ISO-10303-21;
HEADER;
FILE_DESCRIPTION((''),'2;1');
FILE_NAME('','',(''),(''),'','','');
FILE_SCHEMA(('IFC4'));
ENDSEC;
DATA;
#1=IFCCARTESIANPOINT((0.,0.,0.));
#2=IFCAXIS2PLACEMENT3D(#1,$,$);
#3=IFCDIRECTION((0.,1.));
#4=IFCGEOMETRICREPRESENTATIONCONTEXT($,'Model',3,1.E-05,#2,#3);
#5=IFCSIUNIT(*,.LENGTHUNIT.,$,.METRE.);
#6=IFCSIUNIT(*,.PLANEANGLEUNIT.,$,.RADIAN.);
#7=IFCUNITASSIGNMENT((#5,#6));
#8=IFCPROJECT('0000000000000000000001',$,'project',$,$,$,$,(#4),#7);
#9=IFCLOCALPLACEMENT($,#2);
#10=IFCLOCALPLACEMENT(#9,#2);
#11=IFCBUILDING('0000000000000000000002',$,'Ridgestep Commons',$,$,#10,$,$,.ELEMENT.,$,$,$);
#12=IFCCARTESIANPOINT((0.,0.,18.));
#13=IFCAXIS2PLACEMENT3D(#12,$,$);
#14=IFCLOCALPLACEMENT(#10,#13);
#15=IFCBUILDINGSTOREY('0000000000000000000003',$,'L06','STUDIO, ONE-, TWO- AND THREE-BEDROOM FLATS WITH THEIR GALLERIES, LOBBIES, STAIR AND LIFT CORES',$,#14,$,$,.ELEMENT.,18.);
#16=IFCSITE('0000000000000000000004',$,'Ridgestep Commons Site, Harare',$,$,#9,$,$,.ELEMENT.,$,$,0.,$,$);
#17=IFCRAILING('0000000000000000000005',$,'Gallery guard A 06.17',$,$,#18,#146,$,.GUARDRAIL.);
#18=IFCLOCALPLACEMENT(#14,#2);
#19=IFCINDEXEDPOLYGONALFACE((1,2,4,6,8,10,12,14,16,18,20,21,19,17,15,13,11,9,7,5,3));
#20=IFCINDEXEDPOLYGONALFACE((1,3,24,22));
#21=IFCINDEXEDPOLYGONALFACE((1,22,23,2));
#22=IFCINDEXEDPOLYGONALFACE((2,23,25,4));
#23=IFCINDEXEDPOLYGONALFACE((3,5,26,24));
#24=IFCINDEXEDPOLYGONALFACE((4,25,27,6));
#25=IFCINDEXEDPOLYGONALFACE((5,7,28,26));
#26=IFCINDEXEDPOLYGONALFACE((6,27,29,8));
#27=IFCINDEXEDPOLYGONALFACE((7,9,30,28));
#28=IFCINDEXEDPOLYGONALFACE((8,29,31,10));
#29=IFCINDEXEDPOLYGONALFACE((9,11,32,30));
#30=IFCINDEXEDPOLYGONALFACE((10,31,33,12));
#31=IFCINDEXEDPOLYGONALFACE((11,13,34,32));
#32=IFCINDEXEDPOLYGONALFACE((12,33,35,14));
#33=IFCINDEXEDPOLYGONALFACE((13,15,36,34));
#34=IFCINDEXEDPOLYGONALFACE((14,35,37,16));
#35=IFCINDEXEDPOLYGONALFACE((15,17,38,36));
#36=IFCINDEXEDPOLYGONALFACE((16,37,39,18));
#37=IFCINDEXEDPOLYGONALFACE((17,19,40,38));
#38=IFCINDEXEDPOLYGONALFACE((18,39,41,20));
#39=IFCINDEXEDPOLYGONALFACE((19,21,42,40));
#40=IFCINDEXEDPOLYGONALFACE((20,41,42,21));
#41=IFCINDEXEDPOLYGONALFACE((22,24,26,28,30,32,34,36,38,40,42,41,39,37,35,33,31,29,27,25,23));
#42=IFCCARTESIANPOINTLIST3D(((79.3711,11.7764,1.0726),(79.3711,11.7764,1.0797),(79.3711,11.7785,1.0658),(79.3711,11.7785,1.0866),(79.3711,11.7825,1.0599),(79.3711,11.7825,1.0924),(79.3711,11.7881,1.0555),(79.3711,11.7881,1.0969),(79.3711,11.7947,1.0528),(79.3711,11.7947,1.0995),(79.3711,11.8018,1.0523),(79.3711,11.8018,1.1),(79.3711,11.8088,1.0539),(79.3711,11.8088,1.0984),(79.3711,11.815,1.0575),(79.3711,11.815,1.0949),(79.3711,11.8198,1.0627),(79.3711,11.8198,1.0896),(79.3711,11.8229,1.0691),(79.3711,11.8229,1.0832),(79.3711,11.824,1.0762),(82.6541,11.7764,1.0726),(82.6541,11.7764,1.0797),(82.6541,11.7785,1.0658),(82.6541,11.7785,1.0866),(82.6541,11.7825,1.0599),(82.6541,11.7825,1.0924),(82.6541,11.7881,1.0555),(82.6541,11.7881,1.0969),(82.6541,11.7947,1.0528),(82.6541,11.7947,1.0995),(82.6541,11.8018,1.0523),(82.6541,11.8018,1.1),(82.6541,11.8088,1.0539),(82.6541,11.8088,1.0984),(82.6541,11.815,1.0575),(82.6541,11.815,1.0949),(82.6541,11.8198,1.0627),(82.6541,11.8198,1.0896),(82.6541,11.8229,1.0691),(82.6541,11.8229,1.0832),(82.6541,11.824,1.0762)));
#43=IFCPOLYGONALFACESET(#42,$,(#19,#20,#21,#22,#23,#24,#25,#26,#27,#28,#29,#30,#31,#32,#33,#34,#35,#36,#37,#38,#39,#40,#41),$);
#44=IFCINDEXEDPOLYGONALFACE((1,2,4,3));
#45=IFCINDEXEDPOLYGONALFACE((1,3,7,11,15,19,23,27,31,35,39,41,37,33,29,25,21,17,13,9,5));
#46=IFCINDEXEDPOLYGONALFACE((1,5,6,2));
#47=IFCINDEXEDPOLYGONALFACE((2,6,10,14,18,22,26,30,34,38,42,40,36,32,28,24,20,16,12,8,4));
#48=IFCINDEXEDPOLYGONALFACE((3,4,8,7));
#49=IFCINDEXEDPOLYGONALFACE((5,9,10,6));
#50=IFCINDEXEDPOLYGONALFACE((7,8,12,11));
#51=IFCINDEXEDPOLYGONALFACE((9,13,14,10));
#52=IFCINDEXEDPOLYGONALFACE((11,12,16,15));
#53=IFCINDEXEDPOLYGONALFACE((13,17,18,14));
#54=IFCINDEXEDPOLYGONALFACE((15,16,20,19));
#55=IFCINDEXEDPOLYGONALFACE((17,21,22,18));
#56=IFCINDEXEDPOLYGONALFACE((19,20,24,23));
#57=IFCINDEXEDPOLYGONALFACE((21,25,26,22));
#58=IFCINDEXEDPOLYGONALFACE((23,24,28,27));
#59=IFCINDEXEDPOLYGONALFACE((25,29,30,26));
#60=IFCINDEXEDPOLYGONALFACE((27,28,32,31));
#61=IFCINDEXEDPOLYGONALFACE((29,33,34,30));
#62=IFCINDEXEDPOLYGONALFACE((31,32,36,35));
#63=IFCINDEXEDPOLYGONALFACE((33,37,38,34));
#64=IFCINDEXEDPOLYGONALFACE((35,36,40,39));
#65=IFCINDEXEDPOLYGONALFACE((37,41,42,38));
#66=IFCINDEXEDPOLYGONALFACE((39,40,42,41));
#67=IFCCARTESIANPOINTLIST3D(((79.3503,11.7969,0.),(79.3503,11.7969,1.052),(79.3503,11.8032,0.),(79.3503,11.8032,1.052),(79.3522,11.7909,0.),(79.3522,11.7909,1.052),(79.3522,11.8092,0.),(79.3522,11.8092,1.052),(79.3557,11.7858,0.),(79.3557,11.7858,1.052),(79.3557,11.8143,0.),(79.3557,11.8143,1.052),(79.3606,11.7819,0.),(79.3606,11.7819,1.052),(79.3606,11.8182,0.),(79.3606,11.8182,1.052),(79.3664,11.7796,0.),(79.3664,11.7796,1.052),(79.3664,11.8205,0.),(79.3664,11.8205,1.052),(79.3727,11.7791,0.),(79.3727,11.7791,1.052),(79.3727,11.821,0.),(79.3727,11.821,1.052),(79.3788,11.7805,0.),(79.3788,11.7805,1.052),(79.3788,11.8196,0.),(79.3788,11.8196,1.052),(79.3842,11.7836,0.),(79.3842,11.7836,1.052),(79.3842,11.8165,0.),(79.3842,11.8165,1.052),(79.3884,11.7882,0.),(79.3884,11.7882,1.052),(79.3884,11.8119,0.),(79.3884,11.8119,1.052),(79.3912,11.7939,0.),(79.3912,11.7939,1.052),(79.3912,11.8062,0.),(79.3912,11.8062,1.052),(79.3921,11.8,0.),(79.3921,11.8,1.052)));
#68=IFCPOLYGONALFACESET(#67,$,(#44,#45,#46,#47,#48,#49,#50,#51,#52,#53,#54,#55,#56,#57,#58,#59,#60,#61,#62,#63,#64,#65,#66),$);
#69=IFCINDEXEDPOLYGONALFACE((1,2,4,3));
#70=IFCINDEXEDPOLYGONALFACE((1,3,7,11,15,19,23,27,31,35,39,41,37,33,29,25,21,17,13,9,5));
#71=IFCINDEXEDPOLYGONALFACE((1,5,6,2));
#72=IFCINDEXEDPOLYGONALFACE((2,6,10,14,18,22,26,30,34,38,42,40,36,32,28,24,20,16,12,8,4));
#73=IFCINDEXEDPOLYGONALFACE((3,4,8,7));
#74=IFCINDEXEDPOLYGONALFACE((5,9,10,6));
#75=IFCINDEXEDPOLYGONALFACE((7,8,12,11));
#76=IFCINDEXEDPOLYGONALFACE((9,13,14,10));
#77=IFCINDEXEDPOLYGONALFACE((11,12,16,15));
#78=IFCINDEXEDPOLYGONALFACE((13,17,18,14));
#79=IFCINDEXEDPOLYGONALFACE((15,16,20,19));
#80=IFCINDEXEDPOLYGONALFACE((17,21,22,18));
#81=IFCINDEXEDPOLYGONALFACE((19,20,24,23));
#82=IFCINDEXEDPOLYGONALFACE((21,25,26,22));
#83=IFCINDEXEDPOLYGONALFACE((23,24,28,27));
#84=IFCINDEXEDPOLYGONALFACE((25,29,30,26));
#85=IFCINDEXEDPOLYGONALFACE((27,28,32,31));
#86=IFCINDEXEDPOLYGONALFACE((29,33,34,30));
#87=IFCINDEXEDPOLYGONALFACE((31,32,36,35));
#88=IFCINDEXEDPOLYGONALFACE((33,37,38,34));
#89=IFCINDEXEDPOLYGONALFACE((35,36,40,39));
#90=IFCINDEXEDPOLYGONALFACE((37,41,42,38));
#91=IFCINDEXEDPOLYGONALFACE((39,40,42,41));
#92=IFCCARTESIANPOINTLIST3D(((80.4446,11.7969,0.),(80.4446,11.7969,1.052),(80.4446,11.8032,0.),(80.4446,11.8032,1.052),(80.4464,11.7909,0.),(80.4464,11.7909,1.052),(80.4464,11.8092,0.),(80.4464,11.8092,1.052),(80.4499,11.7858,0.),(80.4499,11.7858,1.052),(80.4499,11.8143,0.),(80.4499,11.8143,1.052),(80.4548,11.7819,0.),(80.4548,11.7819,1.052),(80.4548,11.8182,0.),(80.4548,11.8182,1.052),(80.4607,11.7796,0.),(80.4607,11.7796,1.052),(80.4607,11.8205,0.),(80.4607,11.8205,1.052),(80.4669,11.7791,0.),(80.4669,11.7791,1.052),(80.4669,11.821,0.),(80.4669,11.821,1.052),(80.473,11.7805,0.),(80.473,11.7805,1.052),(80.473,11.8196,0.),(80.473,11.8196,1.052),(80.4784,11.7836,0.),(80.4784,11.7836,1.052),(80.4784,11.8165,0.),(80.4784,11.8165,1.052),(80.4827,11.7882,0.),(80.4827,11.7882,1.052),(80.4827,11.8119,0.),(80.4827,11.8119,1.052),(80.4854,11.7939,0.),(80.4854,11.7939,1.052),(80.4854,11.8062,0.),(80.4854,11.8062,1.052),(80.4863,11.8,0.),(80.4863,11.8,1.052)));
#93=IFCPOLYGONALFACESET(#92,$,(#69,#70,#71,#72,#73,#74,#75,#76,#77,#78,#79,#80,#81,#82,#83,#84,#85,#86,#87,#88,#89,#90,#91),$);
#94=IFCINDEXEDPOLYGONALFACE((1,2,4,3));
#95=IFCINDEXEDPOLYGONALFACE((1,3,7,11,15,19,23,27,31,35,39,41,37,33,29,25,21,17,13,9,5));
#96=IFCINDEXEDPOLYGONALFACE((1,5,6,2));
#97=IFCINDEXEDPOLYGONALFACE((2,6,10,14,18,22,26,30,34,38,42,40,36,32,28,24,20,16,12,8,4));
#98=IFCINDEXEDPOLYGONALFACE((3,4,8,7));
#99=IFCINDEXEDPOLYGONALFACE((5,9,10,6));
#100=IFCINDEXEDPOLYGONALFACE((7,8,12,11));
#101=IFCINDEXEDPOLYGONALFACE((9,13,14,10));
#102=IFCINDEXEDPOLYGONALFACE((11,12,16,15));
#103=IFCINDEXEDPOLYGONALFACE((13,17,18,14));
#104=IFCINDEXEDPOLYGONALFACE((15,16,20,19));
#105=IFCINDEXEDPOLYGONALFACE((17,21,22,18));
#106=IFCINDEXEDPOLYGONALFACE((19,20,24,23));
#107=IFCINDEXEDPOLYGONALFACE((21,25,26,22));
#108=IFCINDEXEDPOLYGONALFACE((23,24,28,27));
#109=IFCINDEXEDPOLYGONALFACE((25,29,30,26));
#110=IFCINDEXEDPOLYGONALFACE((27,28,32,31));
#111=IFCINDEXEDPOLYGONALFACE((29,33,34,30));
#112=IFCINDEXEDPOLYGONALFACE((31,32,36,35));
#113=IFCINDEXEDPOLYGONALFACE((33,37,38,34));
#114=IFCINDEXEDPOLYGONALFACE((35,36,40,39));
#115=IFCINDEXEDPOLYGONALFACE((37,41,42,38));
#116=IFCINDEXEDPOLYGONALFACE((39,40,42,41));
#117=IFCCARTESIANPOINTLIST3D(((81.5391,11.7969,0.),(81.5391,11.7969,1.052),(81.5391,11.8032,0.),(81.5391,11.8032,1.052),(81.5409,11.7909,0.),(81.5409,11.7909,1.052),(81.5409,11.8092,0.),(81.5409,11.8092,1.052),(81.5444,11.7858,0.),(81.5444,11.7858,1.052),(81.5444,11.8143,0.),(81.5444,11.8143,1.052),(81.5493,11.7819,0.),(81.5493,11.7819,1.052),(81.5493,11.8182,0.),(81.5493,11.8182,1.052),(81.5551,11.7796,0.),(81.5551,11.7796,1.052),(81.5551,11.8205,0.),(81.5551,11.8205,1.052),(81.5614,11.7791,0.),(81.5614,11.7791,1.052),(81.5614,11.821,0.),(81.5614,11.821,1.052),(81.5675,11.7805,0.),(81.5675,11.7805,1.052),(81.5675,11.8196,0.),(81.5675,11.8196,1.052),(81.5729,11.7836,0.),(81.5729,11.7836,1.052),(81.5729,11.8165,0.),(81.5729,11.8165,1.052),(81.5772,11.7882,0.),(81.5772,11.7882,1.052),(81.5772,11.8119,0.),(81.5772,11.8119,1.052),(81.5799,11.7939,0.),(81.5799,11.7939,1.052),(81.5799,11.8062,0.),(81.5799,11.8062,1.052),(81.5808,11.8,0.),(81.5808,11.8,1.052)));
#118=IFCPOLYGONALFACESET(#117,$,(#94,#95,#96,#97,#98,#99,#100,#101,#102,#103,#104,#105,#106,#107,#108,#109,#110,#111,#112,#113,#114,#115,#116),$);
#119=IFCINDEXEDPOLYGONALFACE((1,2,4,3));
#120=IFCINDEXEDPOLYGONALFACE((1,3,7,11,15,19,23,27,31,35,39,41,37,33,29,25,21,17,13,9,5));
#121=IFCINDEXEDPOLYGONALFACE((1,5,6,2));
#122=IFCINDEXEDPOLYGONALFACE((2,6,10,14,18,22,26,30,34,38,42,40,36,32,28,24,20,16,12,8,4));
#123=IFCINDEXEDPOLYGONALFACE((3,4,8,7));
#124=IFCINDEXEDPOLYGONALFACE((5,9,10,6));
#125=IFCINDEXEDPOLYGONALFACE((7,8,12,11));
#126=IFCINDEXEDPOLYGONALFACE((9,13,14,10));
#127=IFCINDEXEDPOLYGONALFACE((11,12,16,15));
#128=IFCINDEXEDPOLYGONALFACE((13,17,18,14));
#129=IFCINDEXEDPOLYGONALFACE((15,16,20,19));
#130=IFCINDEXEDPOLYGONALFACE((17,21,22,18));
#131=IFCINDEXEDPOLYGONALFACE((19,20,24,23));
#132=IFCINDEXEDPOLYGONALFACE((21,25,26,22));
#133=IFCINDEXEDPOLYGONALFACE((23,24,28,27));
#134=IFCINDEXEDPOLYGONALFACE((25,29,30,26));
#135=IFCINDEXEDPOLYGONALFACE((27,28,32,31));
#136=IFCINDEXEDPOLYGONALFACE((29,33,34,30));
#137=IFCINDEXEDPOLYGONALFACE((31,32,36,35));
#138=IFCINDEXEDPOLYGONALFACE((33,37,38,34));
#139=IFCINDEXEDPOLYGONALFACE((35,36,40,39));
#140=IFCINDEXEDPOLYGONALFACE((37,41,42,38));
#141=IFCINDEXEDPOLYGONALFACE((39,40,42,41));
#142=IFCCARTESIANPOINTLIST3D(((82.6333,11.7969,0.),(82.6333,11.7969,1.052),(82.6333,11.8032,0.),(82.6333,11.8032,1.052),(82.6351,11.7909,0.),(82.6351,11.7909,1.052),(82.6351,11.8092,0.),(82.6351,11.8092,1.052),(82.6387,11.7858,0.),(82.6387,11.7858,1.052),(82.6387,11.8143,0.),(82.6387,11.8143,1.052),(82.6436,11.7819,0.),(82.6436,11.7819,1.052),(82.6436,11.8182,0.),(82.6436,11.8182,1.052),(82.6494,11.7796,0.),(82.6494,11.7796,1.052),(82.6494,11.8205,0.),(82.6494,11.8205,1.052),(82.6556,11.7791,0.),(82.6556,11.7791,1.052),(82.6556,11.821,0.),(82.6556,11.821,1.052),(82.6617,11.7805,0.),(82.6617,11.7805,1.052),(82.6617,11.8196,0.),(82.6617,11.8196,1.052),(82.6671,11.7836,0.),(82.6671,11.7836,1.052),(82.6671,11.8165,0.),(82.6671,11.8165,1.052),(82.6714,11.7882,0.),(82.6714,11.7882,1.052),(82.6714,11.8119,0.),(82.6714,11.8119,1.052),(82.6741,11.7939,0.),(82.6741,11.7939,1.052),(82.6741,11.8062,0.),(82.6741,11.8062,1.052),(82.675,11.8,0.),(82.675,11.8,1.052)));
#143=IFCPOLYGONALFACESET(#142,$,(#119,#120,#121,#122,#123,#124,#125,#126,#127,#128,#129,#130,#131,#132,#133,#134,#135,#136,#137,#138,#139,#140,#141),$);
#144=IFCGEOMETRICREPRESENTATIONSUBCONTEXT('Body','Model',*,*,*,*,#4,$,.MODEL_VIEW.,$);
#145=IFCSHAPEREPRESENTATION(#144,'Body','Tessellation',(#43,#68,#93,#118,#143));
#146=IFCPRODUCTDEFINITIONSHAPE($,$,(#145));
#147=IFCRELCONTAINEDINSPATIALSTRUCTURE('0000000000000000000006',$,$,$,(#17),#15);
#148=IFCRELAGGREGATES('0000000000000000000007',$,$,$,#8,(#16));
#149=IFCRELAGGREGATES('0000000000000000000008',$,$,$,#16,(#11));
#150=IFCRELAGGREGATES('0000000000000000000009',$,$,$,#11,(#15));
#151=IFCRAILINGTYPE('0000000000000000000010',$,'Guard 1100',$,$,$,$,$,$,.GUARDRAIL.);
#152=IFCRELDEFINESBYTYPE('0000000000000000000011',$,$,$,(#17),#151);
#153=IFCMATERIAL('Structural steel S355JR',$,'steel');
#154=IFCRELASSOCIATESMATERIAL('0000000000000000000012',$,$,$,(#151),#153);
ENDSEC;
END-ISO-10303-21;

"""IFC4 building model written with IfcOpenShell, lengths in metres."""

from ifc_helpers import new_model, si_unit, direction, frame, origin, origin_2d, place, context, subcontext, project, spatial, circle, extrude, material, type_object, element, save


model = new_model("IFC4")

# Units and contexts
model_context = context("Model", 3, precision=1e-05, world=origin(), true_north=direction((0.0, 1.0)))
body_context = subcontext(model_context, "Body", "Model", "MODEL_VIEW")
ifc_project = project(units=[si_unit("LENGTHUNIT", "METRE"), si_unit("PLANEANGLEUNIT", "RADIAN")], contexts=[model_context])

# Site, building, storey
site_placement = place(None, origin())
site = spatial("IfcSite", under=ifc_project, at=site_placement, Name="Ridgestep Commons Site, Harare", CompositionType="ELEMENT", RefElevation=0.0)
building_placement = place(site_placement, origin())
building = spatial("IfcBuilding", under=site, at=building_placement, Name="Ridgestep Commons", CompositionType="ELEMENT")
storey_placement = place(building_placement, frame((0.0, 0.0, 18.0)))
storey = spatial("IfcBuildingStorey", under=building, at=storey_placement, Name="L06", Description="STUDIO, ONE-, TWO- AND THREE-BEDROOM FLATS WITH THEIR GALLERIES, LOBBIES, STAIR AND LIFT CORES", CompositionType="ELEMENT", Elevation=18.0)

# Railing
ifc_material_1 = material(Name="Structural steel S355JR", Category="steel")
railing_type = type_object("IfcRailingType", Name="Guard 1100", PredefinedType="GUARDRAIL", material=ifc_material_1)
railing_1_placement = place(storey_placement, frame((79.3711, 11.8, 0.0)))
element("IfcRailing", 1, at=railing_1_placement, inside=storey, type_object=railing_type, Name="Gallery guard A 06.17", PredefinedType="GUARDRAIL", context=body_context, shape_type="SweptSolid", body=[
    extrude(circle(Radius=0.0239, at=origin_2d()), frame((0.0, 0.0, 1.0762), z_axis=(1.0, 0.0, 0.0), x_axis=(0.0, 1.0, 0.0)), (0.0, 0.0, 1.0), 3.283),
    extrude(circle(Radius=0.021, at=origin_2d()), origin(), (0.0, 0.0, 1.0), 1.052),
    extrude(circle(Radius=0.021, at=origin_2d()), frame((1.0942, 0.0, 0.0)), (0.0, 0.0, 1.0), 1.052),
    extrude(circle(Radius=0.021, at=origin_2d()), frame((2.1887, 0.0, 0.0)), (0.0, 0.0, 1.0), 1.052),
    extrude(circle(Radius=0.021, at=origin_2d()), frame((3.283, 0.0, 0.0)), (0.0, 0.0, 1.0), 1.052),
])

save(model, "model.ifc")
